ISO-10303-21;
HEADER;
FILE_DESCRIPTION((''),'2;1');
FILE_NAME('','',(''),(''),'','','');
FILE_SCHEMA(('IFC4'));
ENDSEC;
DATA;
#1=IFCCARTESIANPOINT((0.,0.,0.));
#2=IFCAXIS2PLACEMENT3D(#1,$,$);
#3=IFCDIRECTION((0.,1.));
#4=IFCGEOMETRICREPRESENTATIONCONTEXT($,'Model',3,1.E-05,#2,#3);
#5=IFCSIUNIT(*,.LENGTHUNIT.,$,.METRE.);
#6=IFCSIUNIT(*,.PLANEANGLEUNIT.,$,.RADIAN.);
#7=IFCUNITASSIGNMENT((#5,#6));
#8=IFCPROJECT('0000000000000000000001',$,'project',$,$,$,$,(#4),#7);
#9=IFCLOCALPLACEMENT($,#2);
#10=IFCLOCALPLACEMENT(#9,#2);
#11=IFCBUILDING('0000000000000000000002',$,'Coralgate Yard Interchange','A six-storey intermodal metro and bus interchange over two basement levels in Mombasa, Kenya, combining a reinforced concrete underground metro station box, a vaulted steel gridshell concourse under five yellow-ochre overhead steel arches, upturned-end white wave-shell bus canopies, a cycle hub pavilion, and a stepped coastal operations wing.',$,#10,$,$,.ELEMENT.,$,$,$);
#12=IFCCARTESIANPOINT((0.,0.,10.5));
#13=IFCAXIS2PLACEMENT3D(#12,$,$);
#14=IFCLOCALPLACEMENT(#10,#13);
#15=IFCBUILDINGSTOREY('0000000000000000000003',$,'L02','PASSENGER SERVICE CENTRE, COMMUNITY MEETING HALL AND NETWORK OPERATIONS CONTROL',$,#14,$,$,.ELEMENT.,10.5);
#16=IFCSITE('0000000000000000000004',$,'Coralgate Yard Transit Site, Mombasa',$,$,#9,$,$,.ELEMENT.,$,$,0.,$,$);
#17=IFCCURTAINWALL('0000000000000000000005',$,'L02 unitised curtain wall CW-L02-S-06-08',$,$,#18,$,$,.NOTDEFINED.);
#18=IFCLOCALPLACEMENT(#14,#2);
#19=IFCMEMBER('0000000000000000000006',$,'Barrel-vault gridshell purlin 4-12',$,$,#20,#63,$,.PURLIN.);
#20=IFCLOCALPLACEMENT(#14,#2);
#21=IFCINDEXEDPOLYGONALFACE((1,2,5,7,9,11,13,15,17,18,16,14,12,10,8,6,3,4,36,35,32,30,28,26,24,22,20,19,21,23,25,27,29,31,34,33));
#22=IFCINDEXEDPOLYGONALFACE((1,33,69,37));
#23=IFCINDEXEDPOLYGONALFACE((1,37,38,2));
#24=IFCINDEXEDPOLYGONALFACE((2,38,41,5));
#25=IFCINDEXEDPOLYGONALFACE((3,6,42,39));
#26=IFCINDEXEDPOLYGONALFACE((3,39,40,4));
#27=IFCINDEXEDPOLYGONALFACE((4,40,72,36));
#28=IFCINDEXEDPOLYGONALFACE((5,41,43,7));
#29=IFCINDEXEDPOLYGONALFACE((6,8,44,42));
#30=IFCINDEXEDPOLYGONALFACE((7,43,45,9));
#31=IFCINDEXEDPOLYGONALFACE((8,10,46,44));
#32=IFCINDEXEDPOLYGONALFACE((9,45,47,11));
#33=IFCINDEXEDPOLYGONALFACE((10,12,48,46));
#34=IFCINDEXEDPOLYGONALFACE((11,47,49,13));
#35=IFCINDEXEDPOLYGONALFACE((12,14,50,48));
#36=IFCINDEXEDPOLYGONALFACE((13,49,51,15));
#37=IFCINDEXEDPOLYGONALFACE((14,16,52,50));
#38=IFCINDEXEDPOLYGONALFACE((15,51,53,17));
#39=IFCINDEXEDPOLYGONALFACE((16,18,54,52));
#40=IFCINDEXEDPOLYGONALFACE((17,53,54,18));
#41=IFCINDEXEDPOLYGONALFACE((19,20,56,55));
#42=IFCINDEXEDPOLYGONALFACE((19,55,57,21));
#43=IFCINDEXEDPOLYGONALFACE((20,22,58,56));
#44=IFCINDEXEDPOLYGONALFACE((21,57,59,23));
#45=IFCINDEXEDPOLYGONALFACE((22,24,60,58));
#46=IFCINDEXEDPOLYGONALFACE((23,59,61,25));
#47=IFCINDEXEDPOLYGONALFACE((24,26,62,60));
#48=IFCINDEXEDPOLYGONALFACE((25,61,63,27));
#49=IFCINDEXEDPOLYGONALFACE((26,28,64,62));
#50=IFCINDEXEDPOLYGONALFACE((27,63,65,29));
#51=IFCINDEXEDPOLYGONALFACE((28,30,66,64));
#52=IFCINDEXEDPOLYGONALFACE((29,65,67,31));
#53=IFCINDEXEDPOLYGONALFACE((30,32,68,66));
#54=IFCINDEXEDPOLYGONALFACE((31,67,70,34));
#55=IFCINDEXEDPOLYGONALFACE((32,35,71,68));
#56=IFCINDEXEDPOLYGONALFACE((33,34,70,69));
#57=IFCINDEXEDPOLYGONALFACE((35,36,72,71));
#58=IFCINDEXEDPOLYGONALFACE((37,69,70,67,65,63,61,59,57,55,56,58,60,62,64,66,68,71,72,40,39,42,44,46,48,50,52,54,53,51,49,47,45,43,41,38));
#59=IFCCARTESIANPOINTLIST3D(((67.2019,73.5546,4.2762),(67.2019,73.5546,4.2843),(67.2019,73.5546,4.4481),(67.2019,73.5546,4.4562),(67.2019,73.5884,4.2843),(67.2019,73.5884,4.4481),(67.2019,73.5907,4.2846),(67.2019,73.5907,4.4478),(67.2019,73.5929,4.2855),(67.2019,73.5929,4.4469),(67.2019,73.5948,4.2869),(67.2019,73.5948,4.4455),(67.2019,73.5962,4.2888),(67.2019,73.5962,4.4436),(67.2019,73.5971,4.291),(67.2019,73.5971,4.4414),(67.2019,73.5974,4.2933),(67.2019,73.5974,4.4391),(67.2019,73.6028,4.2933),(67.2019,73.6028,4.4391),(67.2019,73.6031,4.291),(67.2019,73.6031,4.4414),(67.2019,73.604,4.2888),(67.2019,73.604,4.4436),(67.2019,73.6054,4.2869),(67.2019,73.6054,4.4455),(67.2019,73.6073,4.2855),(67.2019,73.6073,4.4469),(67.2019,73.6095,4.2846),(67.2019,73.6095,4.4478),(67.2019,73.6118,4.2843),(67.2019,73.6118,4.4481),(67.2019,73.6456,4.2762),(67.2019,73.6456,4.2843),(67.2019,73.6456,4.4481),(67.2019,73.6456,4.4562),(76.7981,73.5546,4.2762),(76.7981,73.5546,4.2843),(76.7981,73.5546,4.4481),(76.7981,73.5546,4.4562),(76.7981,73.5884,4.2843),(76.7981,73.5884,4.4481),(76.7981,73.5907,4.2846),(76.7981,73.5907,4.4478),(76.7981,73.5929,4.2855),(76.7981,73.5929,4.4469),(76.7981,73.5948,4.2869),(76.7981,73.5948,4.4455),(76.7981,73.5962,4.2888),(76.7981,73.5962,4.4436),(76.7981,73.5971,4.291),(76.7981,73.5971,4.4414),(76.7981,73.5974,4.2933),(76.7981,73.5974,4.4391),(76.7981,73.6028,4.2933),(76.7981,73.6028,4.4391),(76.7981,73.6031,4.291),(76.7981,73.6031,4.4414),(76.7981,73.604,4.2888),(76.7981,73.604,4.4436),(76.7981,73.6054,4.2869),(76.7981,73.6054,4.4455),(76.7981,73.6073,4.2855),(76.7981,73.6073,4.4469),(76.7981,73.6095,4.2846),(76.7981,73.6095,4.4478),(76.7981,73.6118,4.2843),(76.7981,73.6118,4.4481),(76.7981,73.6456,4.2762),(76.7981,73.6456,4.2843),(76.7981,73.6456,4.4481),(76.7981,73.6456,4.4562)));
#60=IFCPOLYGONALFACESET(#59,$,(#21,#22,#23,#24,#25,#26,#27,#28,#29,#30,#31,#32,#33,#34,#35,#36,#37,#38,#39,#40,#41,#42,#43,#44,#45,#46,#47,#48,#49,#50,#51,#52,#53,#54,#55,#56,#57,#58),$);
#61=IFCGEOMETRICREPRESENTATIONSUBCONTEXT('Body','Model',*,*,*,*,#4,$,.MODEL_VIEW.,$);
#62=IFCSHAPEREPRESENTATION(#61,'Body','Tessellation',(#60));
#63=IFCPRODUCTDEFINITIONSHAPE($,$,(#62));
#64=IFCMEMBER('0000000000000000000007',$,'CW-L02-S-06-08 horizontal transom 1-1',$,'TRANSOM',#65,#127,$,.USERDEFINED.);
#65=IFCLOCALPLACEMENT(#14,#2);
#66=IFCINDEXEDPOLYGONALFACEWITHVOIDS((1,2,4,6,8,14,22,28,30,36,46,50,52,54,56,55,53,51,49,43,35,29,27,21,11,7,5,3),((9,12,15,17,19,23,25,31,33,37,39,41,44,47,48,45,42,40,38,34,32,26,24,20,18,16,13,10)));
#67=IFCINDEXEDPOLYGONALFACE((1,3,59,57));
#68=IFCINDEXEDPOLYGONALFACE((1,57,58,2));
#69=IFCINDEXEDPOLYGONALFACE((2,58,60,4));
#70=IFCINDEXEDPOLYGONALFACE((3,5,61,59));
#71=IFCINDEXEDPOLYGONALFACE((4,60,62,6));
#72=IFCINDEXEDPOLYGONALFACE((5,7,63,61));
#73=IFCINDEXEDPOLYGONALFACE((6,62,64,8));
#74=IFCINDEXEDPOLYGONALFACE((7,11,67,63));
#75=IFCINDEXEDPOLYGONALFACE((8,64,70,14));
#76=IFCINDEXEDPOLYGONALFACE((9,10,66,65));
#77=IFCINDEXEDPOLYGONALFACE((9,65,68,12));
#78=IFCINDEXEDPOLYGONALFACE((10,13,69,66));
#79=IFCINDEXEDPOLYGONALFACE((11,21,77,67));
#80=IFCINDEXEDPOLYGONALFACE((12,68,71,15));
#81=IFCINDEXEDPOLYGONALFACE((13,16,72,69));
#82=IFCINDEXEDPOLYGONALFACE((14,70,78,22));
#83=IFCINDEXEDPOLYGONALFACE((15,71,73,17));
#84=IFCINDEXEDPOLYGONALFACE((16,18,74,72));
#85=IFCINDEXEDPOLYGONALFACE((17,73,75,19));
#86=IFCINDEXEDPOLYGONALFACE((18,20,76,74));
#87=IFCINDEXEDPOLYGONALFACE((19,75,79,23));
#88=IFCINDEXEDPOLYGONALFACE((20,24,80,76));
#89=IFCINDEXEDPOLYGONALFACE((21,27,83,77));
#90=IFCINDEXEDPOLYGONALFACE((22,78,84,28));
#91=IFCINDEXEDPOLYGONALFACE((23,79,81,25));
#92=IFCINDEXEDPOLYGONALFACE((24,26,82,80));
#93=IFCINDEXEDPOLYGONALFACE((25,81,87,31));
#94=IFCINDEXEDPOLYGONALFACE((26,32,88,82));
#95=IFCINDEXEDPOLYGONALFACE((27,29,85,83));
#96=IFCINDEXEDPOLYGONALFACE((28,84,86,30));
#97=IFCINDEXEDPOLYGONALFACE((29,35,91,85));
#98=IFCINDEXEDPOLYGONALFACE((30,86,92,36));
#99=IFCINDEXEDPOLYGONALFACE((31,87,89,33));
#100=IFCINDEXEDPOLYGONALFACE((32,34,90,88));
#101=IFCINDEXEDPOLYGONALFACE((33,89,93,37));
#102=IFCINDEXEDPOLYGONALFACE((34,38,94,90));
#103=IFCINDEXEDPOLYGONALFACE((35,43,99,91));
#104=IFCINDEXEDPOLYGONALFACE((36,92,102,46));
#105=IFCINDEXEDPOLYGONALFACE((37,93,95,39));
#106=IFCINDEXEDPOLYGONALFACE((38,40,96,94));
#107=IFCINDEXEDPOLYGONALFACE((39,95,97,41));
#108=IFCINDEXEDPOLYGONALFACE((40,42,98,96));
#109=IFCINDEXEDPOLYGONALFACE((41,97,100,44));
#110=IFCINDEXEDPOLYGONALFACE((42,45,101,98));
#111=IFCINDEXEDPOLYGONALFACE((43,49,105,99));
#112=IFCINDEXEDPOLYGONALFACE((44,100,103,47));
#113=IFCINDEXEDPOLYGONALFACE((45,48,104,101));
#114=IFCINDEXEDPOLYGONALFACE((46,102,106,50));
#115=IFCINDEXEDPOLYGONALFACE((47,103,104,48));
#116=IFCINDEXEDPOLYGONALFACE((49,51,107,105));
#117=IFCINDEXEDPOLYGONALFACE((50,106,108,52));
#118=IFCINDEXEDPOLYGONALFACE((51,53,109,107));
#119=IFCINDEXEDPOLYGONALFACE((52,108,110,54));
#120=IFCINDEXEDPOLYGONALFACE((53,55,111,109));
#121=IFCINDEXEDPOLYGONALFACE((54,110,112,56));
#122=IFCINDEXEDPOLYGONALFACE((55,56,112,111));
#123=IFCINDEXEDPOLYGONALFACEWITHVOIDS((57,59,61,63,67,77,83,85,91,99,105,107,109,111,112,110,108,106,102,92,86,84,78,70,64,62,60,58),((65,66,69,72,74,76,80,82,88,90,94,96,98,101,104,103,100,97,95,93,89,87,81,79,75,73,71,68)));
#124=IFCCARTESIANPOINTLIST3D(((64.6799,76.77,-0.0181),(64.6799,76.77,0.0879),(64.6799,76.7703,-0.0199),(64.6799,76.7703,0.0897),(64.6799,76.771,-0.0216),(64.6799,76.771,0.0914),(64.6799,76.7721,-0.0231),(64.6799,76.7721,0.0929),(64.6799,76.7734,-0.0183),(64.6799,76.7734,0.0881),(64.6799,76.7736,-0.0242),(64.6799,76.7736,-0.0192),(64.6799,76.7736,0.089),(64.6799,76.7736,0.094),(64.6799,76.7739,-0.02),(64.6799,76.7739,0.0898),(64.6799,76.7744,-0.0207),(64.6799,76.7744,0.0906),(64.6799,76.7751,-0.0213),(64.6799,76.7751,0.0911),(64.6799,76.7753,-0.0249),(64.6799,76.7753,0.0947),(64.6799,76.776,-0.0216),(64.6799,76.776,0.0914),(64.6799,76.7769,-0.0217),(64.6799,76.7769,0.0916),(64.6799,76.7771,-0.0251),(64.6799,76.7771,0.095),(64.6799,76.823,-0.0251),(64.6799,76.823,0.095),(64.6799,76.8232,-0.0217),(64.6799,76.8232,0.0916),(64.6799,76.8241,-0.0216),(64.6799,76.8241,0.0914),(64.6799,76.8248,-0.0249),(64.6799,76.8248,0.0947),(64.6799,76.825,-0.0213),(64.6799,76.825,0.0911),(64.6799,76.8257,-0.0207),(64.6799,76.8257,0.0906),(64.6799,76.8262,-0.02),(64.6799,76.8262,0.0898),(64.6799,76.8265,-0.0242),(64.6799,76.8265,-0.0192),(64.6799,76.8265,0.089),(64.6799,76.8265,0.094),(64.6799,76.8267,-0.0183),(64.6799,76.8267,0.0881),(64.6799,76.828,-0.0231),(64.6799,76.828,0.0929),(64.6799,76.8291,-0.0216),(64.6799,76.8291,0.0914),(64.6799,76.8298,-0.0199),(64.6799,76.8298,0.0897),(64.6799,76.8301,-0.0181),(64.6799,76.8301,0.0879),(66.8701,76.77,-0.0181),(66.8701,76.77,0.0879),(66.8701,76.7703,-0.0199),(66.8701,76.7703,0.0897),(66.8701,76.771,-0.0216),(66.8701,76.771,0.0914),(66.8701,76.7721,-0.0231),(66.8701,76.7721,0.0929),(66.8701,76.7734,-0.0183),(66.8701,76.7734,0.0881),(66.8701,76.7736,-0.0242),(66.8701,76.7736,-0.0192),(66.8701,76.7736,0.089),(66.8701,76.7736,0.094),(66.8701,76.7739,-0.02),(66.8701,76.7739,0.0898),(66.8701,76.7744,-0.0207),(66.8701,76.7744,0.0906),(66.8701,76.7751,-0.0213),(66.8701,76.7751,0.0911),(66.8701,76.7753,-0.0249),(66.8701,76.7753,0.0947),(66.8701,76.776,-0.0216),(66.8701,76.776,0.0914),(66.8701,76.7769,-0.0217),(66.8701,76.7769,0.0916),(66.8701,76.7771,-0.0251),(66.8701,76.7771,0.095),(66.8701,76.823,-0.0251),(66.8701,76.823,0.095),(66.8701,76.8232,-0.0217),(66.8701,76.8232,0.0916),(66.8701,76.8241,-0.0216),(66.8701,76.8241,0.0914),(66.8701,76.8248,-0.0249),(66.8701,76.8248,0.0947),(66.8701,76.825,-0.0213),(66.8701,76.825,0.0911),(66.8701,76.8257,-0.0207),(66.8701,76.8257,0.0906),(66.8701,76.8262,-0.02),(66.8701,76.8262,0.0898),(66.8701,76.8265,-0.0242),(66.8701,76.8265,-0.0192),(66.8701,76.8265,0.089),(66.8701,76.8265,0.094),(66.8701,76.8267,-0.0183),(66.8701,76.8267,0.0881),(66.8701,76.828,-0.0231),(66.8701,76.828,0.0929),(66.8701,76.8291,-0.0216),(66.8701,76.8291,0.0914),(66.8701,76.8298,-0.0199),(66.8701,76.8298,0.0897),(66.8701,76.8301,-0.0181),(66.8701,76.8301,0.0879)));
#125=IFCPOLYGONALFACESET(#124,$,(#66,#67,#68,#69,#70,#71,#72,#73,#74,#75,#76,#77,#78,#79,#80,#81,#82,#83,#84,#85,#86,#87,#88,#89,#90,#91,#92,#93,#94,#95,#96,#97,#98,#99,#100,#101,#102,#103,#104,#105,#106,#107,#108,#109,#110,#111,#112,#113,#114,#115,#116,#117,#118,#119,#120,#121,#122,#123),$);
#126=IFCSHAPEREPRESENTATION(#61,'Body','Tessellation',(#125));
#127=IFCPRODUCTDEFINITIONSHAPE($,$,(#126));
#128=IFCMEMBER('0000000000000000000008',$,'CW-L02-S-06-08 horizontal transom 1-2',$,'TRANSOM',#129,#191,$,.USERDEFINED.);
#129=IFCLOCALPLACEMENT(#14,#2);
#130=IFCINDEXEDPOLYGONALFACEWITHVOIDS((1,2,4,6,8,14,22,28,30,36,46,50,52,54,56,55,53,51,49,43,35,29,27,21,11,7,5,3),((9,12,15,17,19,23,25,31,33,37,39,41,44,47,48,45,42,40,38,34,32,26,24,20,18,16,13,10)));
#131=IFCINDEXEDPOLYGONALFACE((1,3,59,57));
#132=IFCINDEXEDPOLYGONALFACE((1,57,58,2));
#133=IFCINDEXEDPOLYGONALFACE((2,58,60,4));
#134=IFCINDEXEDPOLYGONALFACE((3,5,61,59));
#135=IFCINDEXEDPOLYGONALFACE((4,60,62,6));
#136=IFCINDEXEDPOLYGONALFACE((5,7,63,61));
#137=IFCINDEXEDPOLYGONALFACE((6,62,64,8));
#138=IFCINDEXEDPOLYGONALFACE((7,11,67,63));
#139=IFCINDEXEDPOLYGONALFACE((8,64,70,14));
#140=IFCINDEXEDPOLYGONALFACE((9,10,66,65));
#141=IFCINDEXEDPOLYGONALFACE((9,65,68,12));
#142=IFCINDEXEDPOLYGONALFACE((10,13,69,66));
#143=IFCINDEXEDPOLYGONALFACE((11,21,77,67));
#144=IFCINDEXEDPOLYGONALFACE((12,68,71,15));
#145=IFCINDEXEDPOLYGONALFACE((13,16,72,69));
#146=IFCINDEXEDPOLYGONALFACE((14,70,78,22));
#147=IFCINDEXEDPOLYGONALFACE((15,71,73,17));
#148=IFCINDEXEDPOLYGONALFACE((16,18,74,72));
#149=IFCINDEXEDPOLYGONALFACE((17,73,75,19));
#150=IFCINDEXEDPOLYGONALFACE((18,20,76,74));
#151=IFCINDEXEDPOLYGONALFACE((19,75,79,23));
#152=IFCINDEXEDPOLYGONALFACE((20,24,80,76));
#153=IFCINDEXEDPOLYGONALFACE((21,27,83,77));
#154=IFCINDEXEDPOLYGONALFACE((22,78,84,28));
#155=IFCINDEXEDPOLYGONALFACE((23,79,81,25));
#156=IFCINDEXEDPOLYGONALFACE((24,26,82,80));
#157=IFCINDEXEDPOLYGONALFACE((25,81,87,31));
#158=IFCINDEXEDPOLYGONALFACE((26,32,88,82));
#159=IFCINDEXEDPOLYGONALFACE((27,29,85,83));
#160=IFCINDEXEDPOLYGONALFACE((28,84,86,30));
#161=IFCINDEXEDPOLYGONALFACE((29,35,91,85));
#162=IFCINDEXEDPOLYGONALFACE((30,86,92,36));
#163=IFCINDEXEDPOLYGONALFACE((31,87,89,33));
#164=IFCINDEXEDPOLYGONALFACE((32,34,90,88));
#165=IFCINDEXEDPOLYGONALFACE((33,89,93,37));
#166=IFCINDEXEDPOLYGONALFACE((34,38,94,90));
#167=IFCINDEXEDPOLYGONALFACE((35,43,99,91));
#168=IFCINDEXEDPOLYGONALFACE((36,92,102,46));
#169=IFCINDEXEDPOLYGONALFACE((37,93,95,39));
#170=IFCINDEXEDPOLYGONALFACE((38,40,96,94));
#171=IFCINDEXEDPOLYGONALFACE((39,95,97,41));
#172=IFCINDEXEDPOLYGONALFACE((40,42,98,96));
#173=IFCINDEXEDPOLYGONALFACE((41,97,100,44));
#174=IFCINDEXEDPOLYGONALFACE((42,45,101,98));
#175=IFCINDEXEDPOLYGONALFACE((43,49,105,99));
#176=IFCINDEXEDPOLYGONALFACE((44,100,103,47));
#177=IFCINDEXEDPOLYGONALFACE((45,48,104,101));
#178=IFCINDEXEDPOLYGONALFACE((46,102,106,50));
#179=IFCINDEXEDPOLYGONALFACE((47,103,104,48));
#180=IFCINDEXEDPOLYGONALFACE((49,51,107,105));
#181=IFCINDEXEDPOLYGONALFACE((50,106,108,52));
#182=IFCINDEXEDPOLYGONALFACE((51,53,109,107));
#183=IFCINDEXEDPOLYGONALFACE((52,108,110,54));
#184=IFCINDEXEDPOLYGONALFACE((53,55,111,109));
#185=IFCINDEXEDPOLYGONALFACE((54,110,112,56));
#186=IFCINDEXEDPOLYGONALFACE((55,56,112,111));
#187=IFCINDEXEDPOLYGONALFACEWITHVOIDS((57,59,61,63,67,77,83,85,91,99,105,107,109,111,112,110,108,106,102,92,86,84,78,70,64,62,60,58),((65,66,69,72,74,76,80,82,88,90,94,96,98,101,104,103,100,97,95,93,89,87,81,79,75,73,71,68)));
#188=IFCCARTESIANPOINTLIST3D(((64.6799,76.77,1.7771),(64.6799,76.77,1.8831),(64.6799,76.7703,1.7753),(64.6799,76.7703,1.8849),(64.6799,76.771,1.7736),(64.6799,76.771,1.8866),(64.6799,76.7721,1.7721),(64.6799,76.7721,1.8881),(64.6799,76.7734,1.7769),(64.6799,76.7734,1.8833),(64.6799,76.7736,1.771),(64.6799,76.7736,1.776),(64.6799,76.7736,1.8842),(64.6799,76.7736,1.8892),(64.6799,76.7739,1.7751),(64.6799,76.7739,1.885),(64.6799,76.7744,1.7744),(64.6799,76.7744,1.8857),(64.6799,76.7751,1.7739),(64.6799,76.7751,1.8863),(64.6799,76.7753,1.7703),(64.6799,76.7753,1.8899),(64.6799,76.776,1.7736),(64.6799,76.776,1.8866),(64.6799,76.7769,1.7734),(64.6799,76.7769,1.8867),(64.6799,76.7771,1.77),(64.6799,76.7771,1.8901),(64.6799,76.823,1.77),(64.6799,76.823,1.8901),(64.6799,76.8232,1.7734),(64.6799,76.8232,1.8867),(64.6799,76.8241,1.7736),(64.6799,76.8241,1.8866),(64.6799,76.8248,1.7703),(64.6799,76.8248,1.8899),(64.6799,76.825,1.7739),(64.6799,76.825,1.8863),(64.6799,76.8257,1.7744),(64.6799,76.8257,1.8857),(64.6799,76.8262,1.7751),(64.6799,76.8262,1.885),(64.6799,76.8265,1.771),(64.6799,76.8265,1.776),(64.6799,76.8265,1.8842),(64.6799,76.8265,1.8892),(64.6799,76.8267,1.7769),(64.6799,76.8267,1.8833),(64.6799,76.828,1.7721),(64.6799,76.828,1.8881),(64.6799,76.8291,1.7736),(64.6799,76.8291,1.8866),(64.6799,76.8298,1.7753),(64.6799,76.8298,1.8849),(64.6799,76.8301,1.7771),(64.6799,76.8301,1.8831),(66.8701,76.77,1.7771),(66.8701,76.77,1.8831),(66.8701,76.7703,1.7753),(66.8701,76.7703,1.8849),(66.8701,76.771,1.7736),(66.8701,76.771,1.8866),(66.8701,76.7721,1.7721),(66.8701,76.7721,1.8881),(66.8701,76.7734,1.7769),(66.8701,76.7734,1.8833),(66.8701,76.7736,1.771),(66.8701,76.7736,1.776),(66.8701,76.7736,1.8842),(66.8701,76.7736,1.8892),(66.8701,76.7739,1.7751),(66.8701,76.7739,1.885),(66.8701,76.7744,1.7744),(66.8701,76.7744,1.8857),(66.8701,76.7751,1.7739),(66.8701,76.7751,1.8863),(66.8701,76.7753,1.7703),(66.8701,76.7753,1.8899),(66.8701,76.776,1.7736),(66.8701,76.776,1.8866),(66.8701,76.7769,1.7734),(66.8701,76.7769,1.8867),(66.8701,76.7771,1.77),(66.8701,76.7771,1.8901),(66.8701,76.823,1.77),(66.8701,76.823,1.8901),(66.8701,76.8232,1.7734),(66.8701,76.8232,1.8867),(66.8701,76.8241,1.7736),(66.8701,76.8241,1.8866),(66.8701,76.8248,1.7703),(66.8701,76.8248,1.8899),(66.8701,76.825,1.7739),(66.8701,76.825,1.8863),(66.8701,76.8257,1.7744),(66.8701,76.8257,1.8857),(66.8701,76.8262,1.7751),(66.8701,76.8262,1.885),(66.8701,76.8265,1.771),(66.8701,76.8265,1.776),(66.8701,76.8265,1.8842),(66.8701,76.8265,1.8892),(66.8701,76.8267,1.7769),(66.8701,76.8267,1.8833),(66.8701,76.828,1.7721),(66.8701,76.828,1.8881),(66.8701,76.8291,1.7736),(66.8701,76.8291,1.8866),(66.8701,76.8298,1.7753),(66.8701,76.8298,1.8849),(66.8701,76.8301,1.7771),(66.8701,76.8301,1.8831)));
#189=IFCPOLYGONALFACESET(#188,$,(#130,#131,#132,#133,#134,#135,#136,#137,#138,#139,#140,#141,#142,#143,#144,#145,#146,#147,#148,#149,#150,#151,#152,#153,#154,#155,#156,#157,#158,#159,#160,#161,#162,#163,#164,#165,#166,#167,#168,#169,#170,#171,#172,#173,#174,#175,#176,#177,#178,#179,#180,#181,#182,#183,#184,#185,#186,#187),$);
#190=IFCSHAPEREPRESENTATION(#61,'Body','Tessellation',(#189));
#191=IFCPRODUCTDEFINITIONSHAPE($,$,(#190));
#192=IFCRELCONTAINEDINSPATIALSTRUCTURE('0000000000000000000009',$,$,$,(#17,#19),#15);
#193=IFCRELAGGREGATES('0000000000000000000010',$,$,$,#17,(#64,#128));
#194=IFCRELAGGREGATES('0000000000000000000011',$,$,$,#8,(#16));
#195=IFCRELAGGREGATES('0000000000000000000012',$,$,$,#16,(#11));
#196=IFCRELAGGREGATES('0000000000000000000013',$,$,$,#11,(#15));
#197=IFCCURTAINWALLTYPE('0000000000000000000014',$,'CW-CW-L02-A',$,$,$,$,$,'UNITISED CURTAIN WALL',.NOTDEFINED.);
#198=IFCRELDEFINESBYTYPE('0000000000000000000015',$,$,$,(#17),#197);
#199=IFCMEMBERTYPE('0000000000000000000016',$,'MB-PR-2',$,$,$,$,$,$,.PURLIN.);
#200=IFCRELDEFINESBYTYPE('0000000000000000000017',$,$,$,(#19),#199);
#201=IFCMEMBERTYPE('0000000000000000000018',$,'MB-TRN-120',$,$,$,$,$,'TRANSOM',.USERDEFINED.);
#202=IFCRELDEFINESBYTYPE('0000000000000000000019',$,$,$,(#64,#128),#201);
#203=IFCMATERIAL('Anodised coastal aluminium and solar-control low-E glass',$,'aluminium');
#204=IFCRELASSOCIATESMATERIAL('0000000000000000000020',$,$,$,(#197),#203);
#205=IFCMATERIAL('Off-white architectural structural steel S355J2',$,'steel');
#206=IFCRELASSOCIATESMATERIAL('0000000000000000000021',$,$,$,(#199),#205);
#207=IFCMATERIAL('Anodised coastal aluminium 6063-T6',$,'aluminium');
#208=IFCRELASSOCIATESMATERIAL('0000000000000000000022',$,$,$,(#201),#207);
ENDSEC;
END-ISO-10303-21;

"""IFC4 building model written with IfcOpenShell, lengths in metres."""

from ifc_helpers import new_model, si_unit, direction, frame, origin, origin_2d, place, context, subcontext, project, spatial, hollow_rectangle, i_section, extrude, material, material_profile, profile_set, type_object, element, aggregate, save


model = new_model("IFC4")

# Units and contexts
model_context = context("Model", 3, precision=1e-05, world=origin(), true_north=direction((0.0, 1.0)))
body_context = subcontext(model_context, "Body", "Model", "MODEL_VIEW")
ifc_project = project(units=[si_unit("LENGTHUNIT", "METRE"), si_unit("PLANEANGLEUNIT", "RADIAN")], contexts=[model_context])

# Site, building, storey
site_placement = place(None, origin())
site = spatial("IfcSite", under=ifc_project, at=site_placement, Name="Coralgate Yard Transit Site, Mombasa", CompositionType="ELEMENT", RefElevation=0.0)
building_placement = place(site_placement, origin())
building = spatial("IfcBuilding", under=site, at=building_placement, Name="Coralgate Yard Interchange", Description="A six-storey intermodal metro and bus interchange over two basement levels in Mombasa, Kenya, combining a reinforced concrete underground metro station box, a vaulted steel gridshell concourse under five yellow-ochre overhead steel arches, upturned-end white wave-shell bus canopies, a cycle hub pavilion, and a stepped coastal operations wing.", CompositionType="ELEMENT")
storey_placement = place(building_placement, frame((0.0, 0.0, 10.5)))
storey = spatial("IfcBuildingStorey", under=building, at=storey_placement, Name="L02", Description="PASSENGER SERVICE CENTRE, COMMUNITY MEETING HALL AND NETWORK OPERATIONS CONTROL", CompositionType="ELEMENT", Elevation=10.5)

# Curtain wall
ifc_material_1 = material(Name="Anodised coastal aluminium and solar-control low-E glass", Category="aluminium")
curtain_wall_type = type_object("IfcCurtainWallType", Name="CW-CW-L02-A", ElementType="UNITISED CURTAIN WALL", PredefinedType="NOTDEFINED", material=ifc_material_1)
curtain_wall_1_placement = place(storey_placement, origin())
curtain_wall_1 = element("IfcCurtainWall", 1, at=curtain_wall_1_placement, inside=storey, type_object=curtain_wall_type, Name="L02 unitised curtain wall CW-L02-S-06-08", PredefinedType="NOTDEFINED")
ifc_material_2 = material(Name="Anodised coastal aluminium 6063-T6", Category="aluminium")

# Member
ifc_material_3 = material(Name="Off-white architectural structural steel S355J2", Category="steel")
ifc_material_profile_1 = material_profile(ifc_material_3, i_section(OverallWidth=0.0911, OverallDepth=0.1799, WebThickness=0.0054, FlangeThickness=0.0081, FilletRadius=0.009, at=origin_2d()), Name="IPE 180")
ifc_profile_set_1 = profile_set([ifc_material_profile_1], Name="Off-white architectural structural steel S355J2")
member_type_1 = type_object("IfcMemberType", Name="MB-PR-2", PredefinedType="PURLIN", material=ifc_profile_set_1)
for number, where, z_axis, x_axis, name in (
    (2, (67.2019, 73.6001, 4.3662), (1.0, 0.0, 0.0), (0.0, 1.0, 0.0), "Barrel-vault gridshell purlin 4-12"),
):
    element("IfcMember", number, at=place(storey_placement, frame(where, z_axis=z_axis, x_axis=x_axis)), inside=storey, type_object=member_type_1, Name=name, PredefinedType="PURLIN", context=body_context, shape_type="SweptSolid", body=[
        extrude(i_section(OverallWidth=0.0911, OverallDepth=0.1799, WebThickness=0.0054, FlangeThickness=0.0081, FilletRadius=0.009, at=origin_2d()), origin(), (0.0, 0.0, 1.0), 9.5962),
    ])

# Members
ifc_material_profile_2 = material_profile(ifc_material_2, hollow_rectangle(XDim=0.0601, YDim=0.1201, WallThickness=0.0034, InnerFilletRadius=0.0034, OuterFilletRadius=0.0071, at=origin_2d()), Name="ALU 60x120x3.5")
ifc_profile_set_2 = profile_set([ifc_material_profile_2], Name="Anodised coastal aluminium 6063-T6")
member_type_2 = type_object("IfcMemberType", Name="MB-TRN-120", ElementType="TRANSOM", PredefinedType="USERDEFINED", material=ifc_profile_set_2)
member_1_placement = place(storey_placement, frame((66.8701, 76.8, 0.0349), z_axis=(-1.0, 0.0, 0.0), x_axis=(0.0, -1.0, 0.0)))
member_1 = element("IfcMember", 3, at=member_1_placement, type_object=member_type_2, Name="CW-L02-S-06-08 horizontal transom 1-1", ObjectType="TRANSOM", PredefinedType="USERDEFINED", context=body_context, shape_type="SweptSolid", body=[
    extrude(hollow_rectangle(XDim=0.0601, YDim=0.1201, WallThickness=0.0034, InnerFilletRadius=0.0034, OuterFilletRadius=0.0071, at=origin_2d()), origin(), (0.0, 0.0, 1.0), 2.1902),
])
member_2_placement = place(storey_placement, frame((66.8701, 76.8, 1.8301), z_axis=(-1.0, 0.0, 0.0), x_axis=(0.0, -1.0, 0.0)))
member_2 = element("IfcMember", 4, at=member_2_placement, type_object=member_type_2, Name="CW-L02-S-06-08 horizontal transom 1-2", ObjectType="TRANSOM", PredefinedType="USERDEFINED", context=body_context, shape_type="SweptSolid", body=[
    extrude(hollow_rectangle(XDim=0.0601, YDim=0.1201, WallThickness=0.0034, InnerFilletRadius=0.0034, OuterFilletRadius=0.0071, at=origin_2d()), origin(), (0.0, 0.0, 1.0), 2.1902),
])
aggregate(curtain_wall_1, [member_1, member_2])

save(model, "model.ifc")
